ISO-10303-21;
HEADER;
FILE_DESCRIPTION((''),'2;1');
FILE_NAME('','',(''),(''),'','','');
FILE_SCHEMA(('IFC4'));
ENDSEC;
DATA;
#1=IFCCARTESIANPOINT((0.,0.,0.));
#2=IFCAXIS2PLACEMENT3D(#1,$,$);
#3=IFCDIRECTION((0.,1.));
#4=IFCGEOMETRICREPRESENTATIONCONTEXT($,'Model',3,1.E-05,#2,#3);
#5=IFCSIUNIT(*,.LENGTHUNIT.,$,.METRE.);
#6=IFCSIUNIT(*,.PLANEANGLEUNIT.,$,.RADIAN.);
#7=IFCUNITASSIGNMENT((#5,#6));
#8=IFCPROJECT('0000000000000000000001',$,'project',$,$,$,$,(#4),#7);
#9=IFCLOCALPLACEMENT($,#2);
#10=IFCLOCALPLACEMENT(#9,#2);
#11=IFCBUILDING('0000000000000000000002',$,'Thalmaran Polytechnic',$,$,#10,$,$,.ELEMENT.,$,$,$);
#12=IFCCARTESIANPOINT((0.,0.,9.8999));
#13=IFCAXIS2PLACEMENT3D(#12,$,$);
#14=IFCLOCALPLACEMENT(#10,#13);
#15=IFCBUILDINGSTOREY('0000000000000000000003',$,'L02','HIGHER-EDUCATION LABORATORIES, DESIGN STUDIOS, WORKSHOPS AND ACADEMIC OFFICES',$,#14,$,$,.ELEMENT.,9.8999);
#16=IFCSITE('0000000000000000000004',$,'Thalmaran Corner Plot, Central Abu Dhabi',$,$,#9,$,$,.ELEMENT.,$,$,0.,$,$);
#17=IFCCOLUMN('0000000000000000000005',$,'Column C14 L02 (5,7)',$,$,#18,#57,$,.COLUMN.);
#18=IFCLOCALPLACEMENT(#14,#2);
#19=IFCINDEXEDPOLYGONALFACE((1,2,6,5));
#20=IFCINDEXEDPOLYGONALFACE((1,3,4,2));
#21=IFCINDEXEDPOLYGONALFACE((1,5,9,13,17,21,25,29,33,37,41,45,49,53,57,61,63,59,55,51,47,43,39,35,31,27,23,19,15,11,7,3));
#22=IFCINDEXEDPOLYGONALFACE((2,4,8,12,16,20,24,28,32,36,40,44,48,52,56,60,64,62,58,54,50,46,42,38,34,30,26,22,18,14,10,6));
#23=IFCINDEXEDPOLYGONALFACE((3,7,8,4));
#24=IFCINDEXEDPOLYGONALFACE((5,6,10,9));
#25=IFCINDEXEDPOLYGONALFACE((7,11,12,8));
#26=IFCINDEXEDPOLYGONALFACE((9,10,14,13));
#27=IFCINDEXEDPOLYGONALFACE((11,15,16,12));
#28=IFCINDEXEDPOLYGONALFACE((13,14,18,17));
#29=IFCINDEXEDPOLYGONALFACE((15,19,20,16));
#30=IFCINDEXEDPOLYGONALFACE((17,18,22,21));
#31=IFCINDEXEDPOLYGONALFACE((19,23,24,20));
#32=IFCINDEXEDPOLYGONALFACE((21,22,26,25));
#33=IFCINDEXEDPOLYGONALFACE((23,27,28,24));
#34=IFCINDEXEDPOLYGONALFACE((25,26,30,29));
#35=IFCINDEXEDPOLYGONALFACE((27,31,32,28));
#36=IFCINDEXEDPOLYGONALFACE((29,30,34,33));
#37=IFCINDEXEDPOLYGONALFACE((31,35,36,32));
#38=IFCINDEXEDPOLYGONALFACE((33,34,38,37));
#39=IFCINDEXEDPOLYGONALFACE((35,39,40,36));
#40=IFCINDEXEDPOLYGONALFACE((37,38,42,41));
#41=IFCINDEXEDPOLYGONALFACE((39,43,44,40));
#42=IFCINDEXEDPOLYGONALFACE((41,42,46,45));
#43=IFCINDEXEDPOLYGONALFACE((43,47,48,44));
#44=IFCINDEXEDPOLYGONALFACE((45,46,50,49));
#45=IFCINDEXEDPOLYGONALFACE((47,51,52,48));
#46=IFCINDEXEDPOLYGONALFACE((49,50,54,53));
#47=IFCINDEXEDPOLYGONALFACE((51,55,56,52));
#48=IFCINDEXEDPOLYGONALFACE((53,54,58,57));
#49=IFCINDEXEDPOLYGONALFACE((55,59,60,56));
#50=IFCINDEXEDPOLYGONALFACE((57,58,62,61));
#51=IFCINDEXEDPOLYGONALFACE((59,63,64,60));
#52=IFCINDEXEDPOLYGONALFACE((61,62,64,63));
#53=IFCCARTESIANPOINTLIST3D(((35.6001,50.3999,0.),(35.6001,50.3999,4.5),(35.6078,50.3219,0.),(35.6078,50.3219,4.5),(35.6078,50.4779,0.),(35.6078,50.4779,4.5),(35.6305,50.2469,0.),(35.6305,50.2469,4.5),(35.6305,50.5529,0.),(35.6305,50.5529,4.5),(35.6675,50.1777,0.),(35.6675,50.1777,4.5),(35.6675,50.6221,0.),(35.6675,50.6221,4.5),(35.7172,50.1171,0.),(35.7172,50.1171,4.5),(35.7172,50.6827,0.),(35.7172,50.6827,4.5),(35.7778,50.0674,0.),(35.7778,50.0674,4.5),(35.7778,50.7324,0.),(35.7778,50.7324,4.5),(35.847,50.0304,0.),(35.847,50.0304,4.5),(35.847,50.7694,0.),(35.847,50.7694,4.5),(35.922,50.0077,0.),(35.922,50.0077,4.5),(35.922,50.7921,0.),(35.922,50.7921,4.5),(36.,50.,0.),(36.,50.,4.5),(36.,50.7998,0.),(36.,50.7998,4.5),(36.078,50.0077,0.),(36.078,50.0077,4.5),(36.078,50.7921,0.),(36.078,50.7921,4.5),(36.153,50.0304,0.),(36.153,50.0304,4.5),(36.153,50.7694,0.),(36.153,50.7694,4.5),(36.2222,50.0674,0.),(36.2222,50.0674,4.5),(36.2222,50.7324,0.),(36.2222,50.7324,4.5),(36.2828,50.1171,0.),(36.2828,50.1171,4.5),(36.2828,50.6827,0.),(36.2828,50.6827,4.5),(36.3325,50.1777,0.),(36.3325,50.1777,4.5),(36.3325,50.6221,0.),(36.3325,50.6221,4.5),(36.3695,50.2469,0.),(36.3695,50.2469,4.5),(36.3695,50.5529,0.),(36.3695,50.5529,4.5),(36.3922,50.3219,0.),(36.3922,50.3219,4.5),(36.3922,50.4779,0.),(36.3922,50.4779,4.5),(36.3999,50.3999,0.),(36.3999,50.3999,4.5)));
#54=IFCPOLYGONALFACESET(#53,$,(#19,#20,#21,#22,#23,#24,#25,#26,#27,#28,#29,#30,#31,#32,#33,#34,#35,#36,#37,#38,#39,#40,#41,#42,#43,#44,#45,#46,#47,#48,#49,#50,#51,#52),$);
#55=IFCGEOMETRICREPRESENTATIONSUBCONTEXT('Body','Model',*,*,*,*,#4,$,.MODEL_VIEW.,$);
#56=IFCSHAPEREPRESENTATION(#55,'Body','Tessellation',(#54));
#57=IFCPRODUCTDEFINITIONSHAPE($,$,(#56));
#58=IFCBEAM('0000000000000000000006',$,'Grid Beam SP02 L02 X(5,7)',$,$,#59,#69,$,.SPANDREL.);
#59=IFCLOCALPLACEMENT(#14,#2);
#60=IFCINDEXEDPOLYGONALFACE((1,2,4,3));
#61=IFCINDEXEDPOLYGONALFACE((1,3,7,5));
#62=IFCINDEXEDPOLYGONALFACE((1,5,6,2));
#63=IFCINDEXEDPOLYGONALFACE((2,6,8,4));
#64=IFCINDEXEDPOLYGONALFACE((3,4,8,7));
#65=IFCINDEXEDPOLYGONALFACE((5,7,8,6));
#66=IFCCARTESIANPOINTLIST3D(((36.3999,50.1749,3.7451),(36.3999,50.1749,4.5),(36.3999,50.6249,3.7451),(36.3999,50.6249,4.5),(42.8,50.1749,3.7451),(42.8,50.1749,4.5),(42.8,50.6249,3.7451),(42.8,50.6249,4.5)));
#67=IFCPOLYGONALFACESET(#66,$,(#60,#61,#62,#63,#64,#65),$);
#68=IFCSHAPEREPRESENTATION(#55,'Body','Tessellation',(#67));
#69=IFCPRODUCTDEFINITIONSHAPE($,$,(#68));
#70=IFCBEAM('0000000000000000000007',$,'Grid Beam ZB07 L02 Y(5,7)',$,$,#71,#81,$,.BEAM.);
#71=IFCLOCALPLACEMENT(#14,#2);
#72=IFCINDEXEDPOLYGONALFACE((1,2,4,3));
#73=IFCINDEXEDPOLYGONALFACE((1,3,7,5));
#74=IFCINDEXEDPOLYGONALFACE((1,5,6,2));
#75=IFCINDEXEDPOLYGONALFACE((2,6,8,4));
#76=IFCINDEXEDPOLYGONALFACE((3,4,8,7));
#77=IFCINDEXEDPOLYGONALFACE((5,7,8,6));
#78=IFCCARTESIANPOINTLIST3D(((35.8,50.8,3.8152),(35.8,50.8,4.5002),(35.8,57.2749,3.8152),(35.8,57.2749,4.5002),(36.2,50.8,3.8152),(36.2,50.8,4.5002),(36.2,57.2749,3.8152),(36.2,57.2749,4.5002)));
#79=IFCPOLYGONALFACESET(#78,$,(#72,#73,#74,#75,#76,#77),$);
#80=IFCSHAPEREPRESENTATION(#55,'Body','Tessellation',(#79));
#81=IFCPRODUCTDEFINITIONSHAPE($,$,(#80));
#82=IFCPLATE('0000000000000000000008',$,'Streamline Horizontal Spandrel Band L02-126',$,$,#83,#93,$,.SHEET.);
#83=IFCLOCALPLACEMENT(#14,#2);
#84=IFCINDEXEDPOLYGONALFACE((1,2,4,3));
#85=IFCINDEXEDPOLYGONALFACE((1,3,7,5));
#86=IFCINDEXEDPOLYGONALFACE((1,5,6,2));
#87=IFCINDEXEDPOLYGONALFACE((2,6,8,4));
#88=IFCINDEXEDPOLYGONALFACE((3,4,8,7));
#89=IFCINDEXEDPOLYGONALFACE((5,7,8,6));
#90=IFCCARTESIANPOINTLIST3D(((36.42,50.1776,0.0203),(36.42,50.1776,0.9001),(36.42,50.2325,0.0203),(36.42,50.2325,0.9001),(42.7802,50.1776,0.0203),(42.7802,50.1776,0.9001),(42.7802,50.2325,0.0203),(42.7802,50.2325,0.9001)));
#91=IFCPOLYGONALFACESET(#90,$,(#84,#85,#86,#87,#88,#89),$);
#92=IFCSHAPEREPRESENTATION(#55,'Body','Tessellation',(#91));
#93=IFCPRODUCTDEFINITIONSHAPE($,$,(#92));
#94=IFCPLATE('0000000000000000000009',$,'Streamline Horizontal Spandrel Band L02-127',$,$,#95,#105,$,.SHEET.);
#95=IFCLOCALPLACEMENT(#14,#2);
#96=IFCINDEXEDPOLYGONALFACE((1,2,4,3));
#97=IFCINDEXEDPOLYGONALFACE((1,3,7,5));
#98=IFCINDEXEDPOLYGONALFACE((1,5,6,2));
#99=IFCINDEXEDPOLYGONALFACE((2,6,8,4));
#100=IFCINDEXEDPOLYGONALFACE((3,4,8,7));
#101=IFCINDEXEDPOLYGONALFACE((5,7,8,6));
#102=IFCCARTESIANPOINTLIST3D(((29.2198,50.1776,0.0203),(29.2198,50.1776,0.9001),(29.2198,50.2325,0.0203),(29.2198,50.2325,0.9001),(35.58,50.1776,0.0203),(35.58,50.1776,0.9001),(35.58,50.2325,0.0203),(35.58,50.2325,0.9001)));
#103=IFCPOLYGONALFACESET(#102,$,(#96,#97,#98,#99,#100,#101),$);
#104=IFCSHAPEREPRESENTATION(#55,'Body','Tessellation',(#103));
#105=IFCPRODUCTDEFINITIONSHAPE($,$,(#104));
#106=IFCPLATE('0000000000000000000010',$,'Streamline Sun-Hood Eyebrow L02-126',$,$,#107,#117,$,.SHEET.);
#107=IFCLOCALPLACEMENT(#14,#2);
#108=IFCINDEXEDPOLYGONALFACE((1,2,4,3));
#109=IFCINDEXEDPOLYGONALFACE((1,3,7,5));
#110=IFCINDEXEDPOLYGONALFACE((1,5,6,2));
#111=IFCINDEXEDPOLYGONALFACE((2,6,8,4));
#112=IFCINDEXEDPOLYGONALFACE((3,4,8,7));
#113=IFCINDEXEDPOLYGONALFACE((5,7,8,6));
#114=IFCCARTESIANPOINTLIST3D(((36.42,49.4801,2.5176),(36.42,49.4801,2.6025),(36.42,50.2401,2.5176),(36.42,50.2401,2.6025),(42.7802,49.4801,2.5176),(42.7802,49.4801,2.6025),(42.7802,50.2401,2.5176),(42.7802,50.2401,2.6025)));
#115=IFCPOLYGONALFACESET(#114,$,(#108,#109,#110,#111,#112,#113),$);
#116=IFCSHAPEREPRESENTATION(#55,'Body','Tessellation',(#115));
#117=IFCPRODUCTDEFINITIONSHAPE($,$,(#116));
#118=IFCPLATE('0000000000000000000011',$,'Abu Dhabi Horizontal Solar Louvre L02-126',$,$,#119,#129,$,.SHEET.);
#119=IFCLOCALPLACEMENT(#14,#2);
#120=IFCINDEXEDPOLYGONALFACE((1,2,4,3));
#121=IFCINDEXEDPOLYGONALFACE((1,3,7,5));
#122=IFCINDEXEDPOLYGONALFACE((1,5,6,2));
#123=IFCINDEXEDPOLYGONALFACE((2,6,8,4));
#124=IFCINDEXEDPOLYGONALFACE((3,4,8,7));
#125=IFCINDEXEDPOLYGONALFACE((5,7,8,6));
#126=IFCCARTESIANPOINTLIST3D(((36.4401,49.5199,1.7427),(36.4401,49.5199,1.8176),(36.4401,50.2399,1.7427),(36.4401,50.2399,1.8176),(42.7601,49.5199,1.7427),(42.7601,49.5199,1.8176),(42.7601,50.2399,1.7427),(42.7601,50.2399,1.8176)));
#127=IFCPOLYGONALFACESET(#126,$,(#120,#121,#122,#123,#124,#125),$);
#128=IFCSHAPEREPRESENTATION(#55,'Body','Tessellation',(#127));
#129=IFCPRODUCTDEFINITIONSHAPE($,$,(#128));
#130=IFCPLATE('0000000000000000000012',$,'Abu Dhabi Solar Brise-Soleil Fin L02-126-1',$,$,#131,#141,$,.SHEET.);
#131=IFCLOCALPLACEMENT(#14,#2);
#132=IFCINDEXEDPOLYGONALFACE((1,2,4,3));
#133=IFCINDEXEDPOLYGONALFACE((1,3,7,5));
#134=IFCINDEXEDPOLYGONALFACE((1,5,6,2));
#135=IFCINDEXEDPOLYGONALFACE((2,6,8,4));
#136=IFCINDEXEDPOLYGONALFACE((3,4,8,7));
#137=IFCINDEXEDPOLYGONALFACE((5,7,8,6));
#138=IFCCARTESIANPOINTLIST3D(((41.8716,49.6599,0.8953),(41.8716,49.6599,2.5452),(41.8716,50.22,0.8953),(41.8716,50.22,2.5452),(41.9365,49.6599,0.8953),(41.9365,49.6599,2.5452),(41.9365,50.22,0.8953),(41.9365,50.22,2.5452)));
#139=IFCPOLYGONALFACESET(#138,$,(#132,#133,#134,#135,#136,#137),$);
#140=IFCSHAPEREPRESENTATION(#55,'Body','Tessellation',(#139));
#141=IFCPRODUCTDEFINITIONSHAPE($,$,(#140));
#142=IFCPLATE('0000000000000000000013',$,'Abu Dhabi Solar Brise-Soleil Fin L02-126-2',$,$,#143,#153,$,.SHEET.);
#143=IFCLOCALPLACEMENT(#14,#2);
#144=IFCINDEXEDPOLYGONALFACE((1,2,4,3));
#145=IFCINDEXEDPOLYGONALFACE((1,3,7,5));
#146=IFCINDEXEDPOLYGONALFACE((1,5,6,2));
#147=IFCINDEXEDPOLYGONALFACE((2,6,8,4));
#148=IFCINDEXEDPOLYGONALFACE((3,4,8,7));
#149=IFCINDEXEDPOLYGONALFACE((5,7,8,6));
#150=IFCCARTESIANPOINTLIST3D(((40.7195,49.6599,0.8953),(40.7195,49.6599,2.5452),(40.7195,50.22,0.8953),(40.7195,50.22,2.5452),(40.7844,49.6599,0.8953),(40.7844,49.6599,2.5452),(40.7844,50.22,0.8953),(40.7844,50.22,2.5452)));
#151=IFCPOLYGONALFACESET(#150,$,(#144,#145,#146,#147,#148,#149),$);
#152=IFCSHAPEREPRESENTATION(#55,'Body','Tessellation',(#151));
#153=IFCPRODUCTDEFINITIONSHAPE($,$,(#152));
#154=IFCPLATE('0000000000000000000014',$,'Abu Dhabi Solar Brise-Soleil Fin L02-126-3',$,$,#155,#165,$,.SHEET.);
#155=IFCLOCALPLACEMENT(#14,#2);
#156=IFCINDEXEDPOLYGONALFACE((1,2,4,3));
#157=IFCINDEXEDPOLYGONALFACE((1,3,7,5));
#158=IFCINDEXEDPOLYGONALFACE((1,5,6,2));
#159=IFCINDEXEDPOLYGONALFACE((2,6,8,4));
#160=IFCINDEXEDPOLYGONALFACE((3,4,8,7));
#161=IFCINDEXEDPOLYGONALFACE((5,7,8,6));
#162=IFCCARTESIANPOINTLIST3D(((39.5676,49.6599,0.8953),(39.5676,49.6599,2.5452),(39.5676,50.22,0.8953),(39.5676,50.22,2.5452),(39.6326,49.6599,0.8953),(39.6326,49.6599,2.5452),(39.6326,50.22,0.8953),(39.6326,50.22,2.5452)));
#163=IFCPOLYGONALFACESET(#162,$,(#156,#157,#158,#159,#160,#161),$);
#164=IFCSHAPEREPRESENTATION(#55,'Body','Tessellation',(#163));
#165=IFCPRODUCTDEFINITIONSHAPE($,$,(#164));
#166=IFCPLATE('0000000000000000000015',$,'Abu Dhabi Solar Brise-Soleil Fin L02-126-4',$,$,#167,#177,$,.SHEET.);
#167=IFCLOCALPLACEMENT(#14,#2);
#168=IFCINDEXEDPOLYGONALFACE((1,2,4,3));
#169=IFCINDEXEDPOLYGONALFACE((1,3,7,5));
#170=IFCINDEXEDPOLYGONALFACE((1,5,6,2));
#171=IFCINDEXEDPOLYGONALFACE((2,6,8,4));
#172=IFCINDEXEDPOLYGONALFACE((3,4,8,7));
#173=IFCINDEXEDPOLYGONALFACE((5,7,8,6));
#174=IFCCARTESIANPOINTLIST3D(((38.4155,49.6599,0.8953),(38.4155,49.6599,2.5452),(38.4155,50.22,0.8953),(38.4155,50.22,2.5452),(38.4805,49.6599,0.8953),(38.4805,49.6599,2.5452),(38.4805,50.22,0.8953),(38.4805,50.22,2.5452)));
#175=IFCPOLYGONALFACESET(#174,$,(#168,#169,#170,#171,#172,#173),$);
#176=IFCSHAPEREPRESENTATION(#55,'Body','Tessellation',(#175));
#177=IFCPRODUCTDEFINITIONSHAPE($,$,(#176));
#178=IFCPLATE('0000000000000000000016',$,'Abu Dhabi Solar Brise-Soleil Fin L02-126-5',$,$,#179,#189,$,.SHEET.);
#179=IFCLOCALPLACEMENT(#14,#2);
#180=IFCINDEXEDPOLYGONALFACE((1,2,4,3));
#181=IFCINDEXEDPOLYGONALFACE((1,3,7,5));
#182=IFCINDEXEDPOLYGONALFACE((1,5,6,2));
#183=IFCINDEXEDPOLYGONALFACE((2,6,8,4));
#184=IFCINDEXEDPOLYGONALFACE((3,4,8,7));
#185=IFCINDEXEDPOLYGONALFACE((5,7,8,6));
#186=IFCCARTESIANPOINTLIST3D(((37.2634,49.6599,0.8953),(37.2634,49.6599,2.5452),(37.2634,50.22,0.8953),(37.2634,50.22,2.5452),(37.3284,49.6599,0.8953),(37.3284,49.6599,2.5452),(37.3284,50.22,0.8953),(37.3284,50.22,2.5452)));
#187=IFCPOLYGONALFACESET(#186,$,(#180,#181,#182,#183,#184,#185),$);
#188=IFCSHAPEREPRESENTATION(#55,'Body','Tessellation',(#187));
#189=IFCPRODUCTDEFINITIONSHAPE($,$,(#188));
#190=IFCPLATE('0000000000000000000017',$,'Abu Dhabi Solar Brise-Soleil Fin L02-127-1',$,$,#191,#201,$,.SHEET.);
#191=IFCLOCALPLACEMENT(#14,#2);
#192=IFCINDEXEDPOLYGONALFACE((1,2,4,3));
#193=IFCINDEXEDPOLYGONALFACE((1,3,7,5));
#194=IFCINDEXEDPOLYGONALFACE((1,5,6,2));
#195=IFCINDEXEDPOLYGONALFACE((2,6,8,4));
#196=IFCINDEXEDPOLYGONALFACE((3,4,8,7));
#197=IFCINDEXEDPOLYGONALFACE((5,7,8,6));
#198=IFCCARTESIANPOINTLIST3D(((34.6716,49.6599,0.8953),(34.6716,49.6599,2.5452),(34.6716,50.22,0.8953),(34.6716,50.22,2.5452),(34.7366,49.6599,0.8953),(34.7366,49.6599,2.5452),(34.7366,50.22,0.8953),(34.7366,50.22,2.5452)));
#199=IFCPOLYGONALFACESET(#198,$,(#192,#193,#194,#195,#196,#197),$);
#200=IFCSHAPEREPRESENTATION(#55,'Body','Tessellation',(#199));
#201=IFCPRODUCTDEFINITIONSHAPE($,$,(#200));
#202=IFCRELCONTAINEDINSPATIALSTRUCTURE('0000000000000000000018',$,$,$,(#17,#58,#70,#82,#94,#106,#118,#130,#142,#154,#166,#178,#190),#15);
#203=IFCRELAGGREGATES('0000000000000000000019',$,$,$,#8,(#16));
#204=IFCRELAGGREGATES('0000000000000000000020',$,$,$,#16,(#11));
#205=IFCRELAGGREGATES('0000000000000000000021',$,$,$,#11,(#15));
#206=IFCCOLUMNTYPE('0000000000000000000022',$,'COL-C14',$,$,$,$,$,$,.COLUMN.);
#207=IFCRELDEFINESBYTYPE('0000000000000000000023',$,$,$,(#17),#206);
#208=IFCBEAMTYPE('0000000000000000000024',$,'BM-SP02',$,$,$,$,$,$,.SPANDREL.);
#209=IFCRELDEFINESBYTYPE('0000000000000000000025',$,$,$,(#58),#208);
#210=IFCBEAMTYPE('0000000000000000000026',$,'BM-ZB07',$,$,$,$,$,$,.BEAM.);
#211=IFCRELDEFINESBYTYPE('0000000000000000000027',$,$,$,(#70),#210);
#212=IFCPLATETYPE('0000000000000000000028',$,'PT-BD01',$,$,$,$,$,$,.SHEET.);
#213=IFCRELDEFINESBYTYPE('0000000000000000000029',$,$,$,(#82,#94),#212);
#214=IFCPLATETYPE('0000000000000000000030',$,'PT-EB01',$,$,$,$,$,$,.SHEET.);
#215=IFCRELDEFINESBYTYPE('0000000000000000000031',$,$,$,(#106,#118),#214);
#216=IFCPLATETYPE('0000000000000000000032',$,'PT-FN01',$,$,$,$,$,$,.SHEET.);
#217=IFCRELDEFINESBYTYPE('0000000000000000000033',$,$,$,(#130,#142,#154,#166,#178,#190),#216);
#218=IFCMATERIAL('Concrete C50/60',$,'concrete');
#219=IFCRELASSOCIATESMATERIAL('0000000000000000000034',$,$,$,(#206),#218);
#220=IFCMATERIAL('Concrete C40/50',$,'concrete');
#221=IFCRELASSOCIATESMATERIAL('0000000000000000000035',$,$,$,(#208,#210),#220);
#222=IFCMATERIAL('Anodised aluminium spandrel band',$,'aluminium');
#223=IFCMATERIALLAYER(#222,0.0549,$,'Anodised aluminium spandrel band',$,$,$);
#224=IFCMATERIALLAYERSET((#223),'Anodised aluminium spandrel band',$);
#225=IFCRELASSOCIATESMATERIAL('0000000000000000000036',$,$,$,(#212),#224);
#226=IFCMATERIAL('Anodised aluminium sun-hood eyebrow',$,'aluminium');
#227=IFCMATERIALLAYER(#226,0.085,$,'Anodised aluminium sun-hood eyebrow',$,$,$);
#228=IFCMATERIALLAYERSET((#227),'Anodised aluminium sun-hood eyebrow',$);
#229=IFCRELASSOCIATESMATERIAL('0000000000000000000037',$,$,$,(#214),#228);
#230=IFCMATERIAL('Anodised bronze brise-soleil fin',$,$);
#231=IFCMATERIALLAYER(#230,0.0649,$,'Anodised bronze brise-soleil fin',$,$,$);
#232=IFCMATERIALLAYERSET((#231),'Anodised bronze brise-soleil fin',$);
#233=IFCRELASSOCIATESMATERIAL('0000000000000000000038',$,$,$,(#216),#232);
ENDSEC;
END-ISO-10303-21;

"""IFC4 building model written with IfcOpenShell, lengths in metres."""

from ifc_helpers import new_model, si_unit, direction, frame, origin, origin_2d, place, context, subcontext, project, spatial, rectangle, circle, extrude, material, layer, layer_set, material_profile, profile_set, type_object, element, save


model = new_model("IFC4")

# Units and contexts
model_context = context("Model", 3, precision=1e-05, world=origin(), true_north=direction((0.0, 1.0)))
body_context = subcontext(model_context, "Body", "Model", "MODEL_VIEW")
ifc_project = project(units=[si_unit("LENGTHUNIT", "METRE"), si_unit("PLANEANGLEUNIT", "RADIAN")], contexts=[model_context])

# Site, building, storey
site_placement = place(None, origin())
site = spatial("IfcSite", under=ifc_project, at=site_placement, Name="Thalmaran Corner Plot, Central Abu Dhabi", CompositionType="ELEMENT", RefElevation=0.0)
building_placement = place(site_placement, origin())
building = spatial("IfcBuilding", under=site, at=building_placement, Name="Thalmaran Polytechnic", CompositionType="ELEMENT")
storey_placement = place(building_placement, frame((0.0, 0.0, 9.8999)))
storey = spatial("IfcBuildingStorey", under=building, at=storey_placement, Name="L02", Description="HIGHER-EDUCATION LABORATORIES, DESIGN STUDIOS, WORKSHOPS AND ACADEMIC OFFICES", CompositionType="ELEMENT", Elevation=9.8999)

# Column
ifc_material_1 = material(Name="Concrete C50/60", Category="concrete")
ifc_material_profile_1 = material_profile(ifc_material_1, circle(Radius=0.3999, at=origin_2d()), Name="RC 800 DIA")
ifc_profile_set_1 = profile_set([ifc_material_profile_1], Name="Concrete C50/60")
column_type = type_object("IfcColumnType", Name="COL-C14", PredefinedType="COLUMN", material=ifc_profile_set_1)
column_placement = place(storey_placement, frame((36.0, 50.3999, 0.0), z_axis=(0.0, 0.0, 1.0), x_axis=(1.0, 0.0, 0.0)))
element("IfcColumn", 1, at=column_placement, inside=storey, type_object=column_type, Name="Column C14 L02 (5,7)", PredefinedType="COLUMN", context=body_context, shape_type="SweptSolid", body=[
    extrude(circle(Radius=0.3999, at=origin_2d()), origin(), (0.0, 0.0, 1.0), 4.5),
])

# Beams
ifc_material_2 = material(Name="Concrete C40/50", Category="concrete")
ifc_material_profile_2 = material_profile(ifc_material_2, rectangle(XDim=0.45, YDim=0.7549, at=origin_2d()), Name="RC 450x755")
ifc_profile_set_2 = profile_set([ifc_material_profile_2], Name="Concrete C40/50")
beam_type_1 = type_object("IfcBeamType", Name="BM-SP02", PredefinedType="SPANDREL", material=ifc_profile_set_2)
beam_1_placement = place(storey_placement, frame((36.3999, 50.3999, 4.1226), z_axis=(1.0, 0.0, 0.0), x_axis=(0.0, 1.0, 0.0)))
element("IfcBeam", 2, at=beam_1_placement, inside=storey, type_object=beam_type_1, Name="Grid Beam SP02 L02 X(5,7)", PredefinedType="SPANDREL", context=body_context, shape_type="SweptSolid", body=[
    extrude(rectangle(XDim=0.45, YDim=0.7549, at=origin_2d()), origin(), (0.0, 0.0, 1.0), 6.4001),
])
ifc_material_profile_3 = material_profile(ifc_material_2, rectangle(XDim=0.3999, YDim=0.6851, at=origin_2d()), Name="RC 400x685")
ifc_profile_set_3 = profile_set([ifc_material_profile_3], Name="Concrete C40/50")
beam_type_2 = type_object("IfcBeamType", Name="BM-ZB07", PredefinedType="BEAM", material=ifc_profile_set_3)
beam_2_placement = place(storey_placement, frame((36.0, 50.8, 4.1577), z_axis=(0.0, 1.0, 0.0), x_axis=(-1.0, 0.0, 0.0)))
element("IfcBeam", 3, at=beam_2_placement, inside=storey, type_object=beam_type_2, Name="Grid Beam ZB07 L02 Y(5,7)", PredefinedType="BEAM", context=body_context, shape_type="SweptSolid", body=[
    extrude(rectangle(XDim=0.3999, YDim=0.6851, at=origin_2d()), origin(), (0.0, 0.0, 1.0), 6.4749),
])

# Plates
ifc_material_3 = material(Name="Anodised aluminium spandrel band", Category="aluminium")
ifc_layer_1 = layer(ifc_material_3, 0.0549, Name="Anodised aluminium spandrel band")
ifc_layer_set_1 = layer_set([ifc_layer_1], Name="Anodised aluminium spandrel band")
plate_type_1 = type_object("IfcPlateType", Name="PT-BD01", PredefinedType="SHEET", material=ifc_layer_set_1)
for number, where, z_axis, x_axis, name in (
    (4, (39.6001, 50.2051, 0.0203), (0.0, 0.0, 1.0), (-1.0, 0.0, 0.0), "Streamline Horizontal Spandrel Band L02-126"),
    (5, (32.3999, 50.2051, 0.0203), (0.0, 0.0, 1.0), (-1.0, 0.0, 0.0), "Streamline Horizontal Spandrel Band L02-127"),
):
    element("IfcPlate", number, at=place(storey_placement, frame(where, z_axis=z_axis, x_axis=x_axis)), inside=storey, type_object=plate_type_1, Name=name, PredefinedType="SHEET", context=body_context, shape_type="SweptSolid", body=[
        extrude(rectangle(XDim=6.3601, YDim=0.0549, at=origin_2d()), origin(), (0.0, 0.0, 1.0), 0.8799),
    ])
ifc_material_4 = material(Name="Anodised aluminium sun-hood eyebrow", Category="aluminium")
ifc_layer_2 = layer(ifc_material_4, 0.085, Name="Anodised aluminium sun-hood eyebrow")
ifc_layer_set_2 = layer_set([ifc_layer_2], Name="Anodised aluminium sun-hood eyebrow")
plate_type_2 = type_object("IfcPlateType", Name="PT-EB01", PredefinedType="SHEET", material=ifc_layer_set_2)
plate_1_placement = place(storey_placement, frame((39.6001, 49.8601, 2.5176), z_axis=(0.0, 0.0, 1.0), x_axis=(-1.0, 0.0, 0.0)))
element("IfcPlate", 6, at=plate_1_placement, inside=storey, type_object=plate_type_2, Name="Streamline Sun-Hood Eyebrow L02-126", PredefinedType="SHEET", context=body_context, shape_type="SweptSolid", body=[
    extrude(rectangle(XDim=6.3601, YDim=0.76, at=origin_2d()), origin(), (0.0, 0.0, 1.0), 0.085),
])
plate_2_placement = place(storey_placement, frame((39.6001, 49.8799, 1.7427), z_axis=(0.0, 0.0, 1.0), x_axis=(-1.0, 0.0, 0.0)))
element("IfcPlate", 7, at=plate_2_placement, inside=storey, type_object=plate_type_2, Name="Abu Dhabi Horizontal Solar Louvre L02-126", PredefinedType="SHEET", context=body_context, shape_type="SweptSolid", body=[
    extrude(rectangle(XDim=6.3201, YDim=0.72, at=origin_2d()), origin(), (0.0, 0.0, 1.0), 0.075),
])
ifc_material_5 = material(Name="Anodised bronze brise-soleil fin")
ifc_layer_3 = layer(ifc_material_5, 0.0649, Name="Anodised bronze brise-soleil fin")
ifc_layer_set_3 = layer_set([ifc_layer_3], Name="Anodised bronze brise-soleil fin")
plate_type_3 = type_object("IfcPlateType", Name="PT-FN01", PredefinedType="SHEET", material=ifc_layer_set_3)
for number, where, z_axis, x_axis, name in (
    (8, (41.9041, 49.9399, 0.8953), (0.0, 0.0, 1.0), (-1.0, 0.0, 0.0), "Abu Dhabi Solar Brise-Soleil Fin L02-126-1"),
    (9, (40.752, 49.9399, 0.8953), (0.0, 0.0, 1.0), (-1.0, 0.0, 0.0), "Abu Dhabi Solar Brise-Soleil Fin L02-126-2"),
    (10, (39.6001, 49.9399, 0.8953), (0.0, 0.0, 1.0), (-1.0, 0.0, 0.0), "Abu Dhabi Solar Brise-Soleil Fin L02-126-3"),
    (11, (38.448, 49.9399, 0.8953), (0.0, 0.0, 1.0), (-1.0, 0.0, 0.0), "Abu Dhabi Solar Brise-Soleil Fin L02-126-4"),
    (12, (37.2959, 49.9399, 0.8953), (0.0, 0.0, 1.0), (-1.0, 0.0, 0.0), "Abu Dhabi Solar Brise-Soleil Fin L02-126-5"),
    (13, (34.7041, 49.9399, 0.8953), (0.0, 0.0, 1.0), (-1.0, 0.0, 0.0), "Abu Dhabi Solar Brise-Soleil Fin L02-127-1"),
):
    element("IfcPlate", number, at=place(storey_placement, frame(where, z_axis=z_axis, x_axis=x_axis)), inside=storey, type_object=plate_type_3, Name=name, PredefinedType="SHEET", context=body_context, shape_type="SweptSolid", body=[
        extrude(rectangle(XDim=0.0649, YDim=0.5601, at=origin_2d()), origin(), (0.0, 0.0, 1.0), 1.6499),
    ])

save(model, "model.ifc")
